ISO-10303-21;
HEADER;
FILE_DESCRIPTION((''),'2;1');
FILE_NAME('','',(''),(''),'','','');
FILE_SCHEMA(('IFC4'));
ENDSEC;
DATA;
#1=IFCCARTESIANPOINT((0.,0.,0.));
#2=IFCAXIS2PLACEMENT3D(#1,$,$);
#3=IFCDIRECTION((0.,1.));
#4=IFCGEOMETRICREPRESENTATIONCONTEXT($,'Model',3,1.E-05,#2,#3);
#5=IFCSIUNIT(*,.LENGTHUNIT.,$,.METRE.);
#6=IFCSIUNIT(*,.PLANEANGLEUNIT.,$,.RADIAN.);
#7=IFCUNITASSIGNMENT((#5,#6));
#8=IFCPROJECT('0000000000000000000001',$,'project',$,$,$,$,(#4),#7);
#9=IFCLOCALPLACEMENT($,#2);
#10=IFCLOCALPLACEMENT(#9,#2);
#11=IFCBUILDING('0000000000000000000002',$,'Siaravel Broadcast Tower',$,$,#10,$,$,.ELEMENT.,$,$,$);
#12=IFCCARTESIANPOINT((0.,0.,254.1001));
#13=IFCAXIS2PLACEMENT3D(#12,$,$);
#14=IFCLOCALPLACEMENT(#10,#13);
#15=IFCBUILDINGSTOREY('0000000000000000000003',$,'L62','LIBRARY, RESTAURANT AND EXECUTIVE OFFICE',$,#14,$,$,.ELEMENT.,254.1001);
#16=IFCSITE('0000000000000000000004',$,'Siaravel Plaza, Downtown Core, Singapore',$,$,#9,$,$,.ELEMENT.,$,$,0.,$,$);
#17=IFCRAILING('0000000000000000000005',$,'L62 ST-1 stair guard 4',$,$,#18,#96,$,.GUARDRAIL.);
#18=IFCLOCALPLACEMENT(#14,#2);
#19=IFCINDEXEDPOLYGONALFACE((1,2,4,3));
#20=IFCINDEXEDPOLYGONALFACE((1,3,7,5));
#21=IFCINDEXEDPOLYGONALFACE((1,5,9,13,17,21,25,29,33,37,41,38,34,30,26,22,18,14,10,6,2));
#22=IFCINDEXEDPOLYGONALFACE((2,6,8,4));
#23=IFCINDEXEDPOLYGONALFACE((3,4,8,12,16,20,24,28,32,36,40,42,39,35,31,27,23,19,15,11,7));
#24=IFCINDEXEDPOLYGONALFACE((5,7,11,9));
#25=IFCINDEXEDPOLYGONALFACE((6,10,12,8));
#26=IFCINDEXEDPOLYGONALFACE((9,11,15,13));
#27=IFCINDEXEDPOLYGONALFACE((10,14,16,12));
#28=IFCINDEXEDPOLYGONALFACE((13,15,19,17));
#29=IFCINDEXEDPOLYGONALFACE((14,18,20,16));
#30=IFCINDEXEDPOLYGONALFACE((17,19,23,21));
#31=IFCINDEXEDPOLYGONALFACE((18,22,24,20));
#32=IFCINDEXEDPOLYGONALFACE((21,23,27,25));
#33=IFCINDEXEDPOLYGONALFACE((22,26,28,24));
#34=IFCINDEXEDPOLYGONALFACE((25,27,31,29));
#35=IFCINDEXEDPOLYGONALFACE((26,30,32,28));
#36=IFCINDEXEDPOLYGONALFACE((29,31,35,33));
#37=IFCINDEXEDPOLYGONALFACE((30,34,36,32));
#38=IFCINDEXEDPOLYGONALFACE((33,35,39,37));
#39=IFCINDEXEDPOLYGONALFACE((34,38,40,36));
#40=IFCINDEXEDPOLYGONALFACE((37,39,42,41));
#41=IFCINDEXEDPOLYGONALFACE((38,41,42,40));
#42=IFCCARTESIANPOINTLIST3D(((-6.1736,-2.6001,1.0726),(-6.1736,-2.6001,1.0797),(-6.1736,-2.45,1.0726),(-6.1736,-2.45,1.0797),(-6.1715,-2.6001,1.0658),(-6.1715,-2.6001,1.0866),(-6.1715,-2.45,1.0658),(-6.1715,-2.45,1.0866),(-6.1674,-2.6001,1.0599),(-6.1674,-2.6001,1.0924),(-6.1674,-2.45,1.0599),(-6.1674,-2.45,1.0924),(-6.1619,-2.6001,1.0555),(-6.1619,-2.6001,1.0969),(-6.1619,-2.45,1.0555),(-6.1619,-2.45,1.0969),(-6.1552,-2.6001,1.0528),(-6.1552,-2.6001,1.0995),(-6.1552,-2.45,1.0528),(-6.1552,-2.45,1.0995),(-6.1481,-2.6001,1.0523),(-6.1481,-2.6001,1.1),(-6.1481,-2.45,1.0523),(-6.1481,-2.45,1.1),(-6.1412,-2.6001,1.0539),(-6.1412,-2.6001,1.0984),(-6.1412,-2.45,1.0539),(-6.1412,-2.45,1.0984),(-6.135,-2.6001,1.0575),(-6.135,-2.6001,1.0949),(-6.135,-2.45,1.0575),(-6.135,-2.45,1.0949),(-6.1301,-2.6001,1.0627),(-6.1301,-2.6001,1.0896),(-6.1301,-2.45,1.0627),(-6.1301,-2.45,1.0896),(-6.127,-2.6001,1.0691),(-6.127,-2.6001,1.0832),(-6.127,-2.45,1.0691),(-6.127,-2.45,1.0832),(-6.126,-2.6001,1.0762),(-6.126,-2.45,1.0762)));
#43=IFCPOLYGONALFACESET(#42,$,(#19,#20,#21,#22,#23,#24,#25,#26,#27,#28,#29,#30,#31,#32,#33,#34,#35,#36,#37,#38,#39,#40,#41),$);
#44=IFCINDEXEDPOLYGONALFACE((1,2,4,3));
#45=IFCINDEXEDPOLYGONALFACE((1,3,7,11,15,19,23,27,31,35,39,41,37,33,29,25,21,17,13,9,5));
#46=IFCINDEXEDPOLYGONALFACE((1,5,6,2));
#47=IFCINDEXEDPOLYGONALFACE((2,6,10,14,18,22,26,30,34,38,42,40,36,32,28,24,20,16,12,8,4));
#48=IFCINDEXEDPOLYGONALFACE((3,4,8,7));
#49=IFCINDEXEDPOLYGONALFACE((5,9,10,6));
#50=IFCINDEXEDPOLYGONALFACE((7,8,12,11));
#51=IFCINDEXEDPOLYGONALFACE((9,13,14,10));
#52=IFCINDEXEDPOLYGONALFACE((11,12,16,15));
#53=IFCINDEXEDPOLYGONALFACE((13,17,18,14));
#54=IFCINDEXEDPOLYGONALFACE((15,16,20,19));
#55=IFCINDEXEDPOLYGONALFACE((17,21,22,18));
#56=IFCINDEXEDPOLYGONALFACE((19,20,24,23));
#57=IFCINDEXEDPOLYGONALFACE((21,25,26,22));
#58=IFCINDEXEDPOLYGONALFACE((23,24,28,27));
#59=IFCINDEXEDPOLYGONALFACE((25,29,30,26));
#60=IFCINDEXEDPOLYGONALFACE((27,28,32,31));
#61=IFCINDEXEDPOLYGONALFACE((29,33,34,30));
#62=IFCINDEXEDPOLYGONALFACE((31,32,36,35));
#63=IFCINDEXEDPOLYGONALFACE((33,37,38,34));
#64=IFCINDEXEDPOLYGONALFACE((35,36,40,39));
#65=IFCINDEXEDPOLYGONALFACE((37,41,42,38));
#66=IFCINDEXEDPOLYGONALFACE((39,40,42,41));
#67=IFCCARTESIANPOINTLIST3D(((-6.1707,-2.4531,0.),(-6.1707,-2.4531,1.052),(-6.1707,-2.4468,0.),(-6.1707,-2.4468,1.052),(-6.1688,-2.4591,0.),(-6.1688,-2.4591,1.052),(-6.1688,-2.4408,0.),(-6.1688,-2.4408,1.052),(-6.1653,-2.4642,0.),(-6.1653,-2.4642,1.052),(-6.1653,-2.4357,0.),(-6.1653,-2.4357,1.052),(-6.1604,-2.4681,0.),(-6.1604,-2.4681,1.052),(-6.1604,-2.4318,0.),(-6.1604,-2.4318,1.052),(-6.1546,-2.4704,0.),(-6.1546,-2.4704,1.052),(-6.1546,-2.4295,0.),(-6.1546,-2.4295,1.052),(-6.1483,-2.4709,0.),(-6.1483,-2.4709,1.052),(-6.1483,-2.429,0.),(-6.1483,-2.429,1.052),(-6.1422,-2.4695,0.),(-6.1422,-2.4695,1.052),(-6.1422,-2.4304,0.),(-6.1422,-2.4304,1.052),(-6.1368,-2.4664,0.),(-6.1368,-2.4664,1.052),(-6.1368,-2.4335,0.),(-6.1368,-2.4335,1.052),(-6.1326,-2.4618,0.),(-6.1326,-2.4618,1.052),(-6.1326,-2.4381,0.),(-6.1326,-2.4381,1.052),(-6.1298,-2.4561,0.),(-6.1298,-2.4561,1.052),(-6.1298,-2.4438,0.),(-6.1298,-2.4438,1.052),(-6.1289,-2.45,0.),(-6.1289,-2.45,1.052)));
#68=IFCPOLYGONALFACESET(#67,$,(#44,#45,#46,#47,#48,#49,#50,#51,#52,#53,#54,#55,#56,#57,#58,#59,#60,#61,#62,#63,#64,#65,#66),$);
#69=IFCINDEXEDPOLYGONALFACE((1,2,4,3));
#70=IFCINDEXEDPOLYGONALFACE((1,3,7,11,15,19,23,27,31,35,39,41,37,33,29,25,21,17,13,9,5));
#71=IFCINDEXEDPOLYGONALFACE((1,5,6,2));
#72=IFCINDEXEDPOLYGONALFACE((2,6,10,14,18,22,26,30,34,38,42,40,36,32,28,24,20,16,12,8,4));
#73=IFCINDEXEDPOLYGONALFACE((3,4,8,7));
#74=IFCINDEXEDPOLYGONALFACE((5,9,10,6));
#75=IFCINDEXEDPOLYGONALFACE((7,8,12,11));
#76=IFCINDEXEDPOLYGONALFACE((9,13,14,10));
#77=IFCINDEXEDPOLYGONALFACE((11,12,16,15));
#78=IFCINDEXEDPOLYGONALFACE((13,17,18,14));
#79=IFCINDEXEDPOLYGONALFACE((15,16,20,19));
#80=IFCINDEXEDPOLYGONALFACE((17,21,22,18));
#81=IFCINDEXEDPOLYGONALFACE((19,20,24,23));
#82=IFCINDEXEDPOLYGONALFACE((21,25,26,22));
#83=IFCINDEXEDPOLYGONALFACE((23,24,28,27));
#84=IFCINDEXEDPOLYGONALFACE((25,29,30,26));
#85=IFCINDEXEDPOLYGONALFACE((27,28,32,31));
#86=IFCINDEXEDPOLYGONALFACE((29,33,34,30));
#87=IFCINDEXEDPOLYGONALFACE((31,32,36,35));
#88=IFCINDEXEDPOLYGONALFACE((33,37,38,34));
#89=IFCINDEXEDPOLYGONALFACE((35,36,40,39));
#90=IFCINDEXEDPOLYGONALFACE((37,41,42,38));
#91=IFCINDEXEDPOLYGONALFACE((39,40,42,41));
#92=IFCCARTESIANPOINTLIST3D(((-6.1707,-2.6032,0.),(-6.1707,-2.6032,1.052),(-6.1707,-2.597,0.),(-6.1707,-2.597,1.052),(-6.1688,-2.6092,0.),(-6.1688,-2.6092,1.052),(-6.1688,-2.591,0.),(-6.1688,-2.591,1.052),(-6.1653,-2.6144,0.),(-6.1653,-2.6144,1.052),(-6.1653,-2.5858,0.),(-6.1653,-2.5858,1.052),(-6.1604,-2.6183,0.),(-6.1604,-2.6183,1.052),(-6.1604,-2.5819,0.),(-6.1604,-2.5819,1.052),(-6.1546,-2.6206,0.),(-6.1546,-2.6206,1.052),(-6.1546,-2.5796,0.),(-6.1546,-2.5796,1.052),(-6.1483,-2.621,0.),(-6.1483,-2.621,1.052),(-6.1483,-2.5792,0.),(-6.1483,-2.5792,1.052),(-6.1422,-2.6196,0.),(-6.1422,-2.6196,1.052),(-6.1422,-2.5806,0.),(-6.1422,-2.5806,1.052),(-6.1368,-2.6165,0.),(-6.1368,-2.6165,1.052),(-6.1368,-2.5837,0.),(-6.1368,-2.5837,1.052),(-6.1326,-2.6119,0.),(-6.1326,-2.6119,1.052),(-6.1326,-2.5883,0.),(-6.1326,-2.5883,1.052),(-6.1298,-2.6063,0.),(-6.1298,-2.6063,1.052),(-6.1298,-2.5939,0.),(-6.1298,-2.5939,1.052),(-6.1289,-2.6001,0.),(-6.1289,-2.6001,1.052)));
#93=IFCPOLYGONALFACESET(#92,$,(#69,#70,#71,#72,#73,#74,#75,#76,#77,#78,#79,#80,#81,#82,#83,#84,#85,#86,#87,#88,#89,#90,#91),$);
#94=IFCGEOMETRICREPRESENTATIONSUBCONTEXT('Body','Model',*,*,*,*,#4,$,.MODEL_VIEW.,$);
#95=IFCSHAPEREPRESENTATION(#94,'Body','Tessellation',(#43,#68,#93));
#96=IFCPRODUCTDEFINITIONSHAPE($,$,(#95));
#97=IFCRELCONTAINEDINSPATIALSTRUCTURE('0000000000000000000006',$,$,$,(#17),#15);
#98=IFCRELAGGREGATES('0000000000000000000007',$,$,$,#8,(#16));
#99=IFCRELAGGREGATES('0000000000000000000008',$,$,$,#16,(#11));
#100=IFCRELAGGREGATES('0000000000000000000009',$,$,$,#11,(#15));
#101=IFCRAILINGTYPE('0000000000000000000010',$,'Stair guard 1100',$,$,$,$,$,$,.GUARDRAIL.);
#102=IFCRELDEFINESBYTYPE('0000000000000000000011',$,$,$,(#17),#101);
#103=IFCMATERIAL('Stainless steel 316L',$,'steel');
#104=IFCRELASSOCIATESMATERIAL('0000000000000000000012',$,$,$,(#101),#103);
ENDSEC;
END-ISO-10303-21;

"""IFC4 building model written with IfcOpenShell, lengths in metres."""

from ifc_helpers import new_model, si_unit, direction, frame, origin, origin_2d, place, context, subcontext, project, spatial, circle, extrude, material, type_object, element, save


model = new_model("IFC4")

# Units and contexts
model_context = context("Model", 3, precision=1e-05, world=origin(), true_north=direction((0.0, 1.0)))
body_context = subcontext(model_context, "Body", "Model", "MODEL_VIEW")
ifc_project = project(units=[si_unit("LENGTHUNIT", "METRE"), si_unit("PLANEANGLEUNIT", "RADIAN")], contexts=[model_context])

# Site, building, storey
site_placement = place(None, origin())
site = spatial("IfcSite", under=ifc_project, at=site_placement, Name="Siaravel Plaza, Downtown Core, Singapore", CompositionType="ELEMENT", RefElevation=0.0)
building_placement = place(site_placement, origin())
building = spatial("IfcBuilding", under=site, at=building_placement, Name="Siaravel Broadcast Tower", CompositionType="ELEMENT")
storey_placement = place(building_placement, frame((0.0, 0.0, 254.1001)))
storey = spatial("IfcBuildingStorey", under=building, at=storey_placement, Name="L62", Description="LIBRARY, RESTAURANT AND EXECUTIVE OFFICE", CompositionType="ELEMENT", Elevation=254.1001)

# Shared definitions
ifc_material_1 = material(Name="Stainless steel 316L", Category="steel")

# Railing
railing_type_1 = type_object("IfcRailingType", Name="Stair guard 1100", PredefinedType="GUARDRAIL", material=ifc_material_1)
railing_1_placement = place(storey_placement, frame((-6.1499, -2.45, 0.0)))
element("IfcRailing", 1, at=railing_1_placement, inside=storey, type_object=railing_type_1, Name="L62 ST-1 stair guard 4", PredefinedType="GUARDRAIL", context=body_context, shape_type="SweptSolid", body=[
    extrude(circle(Radius=0.0239, at=origin_2d()), frame((0.0, 0.0, 1.0762), z_axis=(0.0, -1.0, 0.0), x_axis=(1.0, 0.0, 0.0)), (0.0, 0.0, 1.0), 0.1501),
    extrude(circle(Radius=0.021, at=origin_2d()), origin(), (0.0, 0.0, 1.0), 1.052),
    extrude(circle(Radius=0.021, at=origin_2d()), frame((0.0, -0.1501, 0.0)), (0.0, 0.0, 1.0), 1.052),
])

save(model, "model.ifc")
